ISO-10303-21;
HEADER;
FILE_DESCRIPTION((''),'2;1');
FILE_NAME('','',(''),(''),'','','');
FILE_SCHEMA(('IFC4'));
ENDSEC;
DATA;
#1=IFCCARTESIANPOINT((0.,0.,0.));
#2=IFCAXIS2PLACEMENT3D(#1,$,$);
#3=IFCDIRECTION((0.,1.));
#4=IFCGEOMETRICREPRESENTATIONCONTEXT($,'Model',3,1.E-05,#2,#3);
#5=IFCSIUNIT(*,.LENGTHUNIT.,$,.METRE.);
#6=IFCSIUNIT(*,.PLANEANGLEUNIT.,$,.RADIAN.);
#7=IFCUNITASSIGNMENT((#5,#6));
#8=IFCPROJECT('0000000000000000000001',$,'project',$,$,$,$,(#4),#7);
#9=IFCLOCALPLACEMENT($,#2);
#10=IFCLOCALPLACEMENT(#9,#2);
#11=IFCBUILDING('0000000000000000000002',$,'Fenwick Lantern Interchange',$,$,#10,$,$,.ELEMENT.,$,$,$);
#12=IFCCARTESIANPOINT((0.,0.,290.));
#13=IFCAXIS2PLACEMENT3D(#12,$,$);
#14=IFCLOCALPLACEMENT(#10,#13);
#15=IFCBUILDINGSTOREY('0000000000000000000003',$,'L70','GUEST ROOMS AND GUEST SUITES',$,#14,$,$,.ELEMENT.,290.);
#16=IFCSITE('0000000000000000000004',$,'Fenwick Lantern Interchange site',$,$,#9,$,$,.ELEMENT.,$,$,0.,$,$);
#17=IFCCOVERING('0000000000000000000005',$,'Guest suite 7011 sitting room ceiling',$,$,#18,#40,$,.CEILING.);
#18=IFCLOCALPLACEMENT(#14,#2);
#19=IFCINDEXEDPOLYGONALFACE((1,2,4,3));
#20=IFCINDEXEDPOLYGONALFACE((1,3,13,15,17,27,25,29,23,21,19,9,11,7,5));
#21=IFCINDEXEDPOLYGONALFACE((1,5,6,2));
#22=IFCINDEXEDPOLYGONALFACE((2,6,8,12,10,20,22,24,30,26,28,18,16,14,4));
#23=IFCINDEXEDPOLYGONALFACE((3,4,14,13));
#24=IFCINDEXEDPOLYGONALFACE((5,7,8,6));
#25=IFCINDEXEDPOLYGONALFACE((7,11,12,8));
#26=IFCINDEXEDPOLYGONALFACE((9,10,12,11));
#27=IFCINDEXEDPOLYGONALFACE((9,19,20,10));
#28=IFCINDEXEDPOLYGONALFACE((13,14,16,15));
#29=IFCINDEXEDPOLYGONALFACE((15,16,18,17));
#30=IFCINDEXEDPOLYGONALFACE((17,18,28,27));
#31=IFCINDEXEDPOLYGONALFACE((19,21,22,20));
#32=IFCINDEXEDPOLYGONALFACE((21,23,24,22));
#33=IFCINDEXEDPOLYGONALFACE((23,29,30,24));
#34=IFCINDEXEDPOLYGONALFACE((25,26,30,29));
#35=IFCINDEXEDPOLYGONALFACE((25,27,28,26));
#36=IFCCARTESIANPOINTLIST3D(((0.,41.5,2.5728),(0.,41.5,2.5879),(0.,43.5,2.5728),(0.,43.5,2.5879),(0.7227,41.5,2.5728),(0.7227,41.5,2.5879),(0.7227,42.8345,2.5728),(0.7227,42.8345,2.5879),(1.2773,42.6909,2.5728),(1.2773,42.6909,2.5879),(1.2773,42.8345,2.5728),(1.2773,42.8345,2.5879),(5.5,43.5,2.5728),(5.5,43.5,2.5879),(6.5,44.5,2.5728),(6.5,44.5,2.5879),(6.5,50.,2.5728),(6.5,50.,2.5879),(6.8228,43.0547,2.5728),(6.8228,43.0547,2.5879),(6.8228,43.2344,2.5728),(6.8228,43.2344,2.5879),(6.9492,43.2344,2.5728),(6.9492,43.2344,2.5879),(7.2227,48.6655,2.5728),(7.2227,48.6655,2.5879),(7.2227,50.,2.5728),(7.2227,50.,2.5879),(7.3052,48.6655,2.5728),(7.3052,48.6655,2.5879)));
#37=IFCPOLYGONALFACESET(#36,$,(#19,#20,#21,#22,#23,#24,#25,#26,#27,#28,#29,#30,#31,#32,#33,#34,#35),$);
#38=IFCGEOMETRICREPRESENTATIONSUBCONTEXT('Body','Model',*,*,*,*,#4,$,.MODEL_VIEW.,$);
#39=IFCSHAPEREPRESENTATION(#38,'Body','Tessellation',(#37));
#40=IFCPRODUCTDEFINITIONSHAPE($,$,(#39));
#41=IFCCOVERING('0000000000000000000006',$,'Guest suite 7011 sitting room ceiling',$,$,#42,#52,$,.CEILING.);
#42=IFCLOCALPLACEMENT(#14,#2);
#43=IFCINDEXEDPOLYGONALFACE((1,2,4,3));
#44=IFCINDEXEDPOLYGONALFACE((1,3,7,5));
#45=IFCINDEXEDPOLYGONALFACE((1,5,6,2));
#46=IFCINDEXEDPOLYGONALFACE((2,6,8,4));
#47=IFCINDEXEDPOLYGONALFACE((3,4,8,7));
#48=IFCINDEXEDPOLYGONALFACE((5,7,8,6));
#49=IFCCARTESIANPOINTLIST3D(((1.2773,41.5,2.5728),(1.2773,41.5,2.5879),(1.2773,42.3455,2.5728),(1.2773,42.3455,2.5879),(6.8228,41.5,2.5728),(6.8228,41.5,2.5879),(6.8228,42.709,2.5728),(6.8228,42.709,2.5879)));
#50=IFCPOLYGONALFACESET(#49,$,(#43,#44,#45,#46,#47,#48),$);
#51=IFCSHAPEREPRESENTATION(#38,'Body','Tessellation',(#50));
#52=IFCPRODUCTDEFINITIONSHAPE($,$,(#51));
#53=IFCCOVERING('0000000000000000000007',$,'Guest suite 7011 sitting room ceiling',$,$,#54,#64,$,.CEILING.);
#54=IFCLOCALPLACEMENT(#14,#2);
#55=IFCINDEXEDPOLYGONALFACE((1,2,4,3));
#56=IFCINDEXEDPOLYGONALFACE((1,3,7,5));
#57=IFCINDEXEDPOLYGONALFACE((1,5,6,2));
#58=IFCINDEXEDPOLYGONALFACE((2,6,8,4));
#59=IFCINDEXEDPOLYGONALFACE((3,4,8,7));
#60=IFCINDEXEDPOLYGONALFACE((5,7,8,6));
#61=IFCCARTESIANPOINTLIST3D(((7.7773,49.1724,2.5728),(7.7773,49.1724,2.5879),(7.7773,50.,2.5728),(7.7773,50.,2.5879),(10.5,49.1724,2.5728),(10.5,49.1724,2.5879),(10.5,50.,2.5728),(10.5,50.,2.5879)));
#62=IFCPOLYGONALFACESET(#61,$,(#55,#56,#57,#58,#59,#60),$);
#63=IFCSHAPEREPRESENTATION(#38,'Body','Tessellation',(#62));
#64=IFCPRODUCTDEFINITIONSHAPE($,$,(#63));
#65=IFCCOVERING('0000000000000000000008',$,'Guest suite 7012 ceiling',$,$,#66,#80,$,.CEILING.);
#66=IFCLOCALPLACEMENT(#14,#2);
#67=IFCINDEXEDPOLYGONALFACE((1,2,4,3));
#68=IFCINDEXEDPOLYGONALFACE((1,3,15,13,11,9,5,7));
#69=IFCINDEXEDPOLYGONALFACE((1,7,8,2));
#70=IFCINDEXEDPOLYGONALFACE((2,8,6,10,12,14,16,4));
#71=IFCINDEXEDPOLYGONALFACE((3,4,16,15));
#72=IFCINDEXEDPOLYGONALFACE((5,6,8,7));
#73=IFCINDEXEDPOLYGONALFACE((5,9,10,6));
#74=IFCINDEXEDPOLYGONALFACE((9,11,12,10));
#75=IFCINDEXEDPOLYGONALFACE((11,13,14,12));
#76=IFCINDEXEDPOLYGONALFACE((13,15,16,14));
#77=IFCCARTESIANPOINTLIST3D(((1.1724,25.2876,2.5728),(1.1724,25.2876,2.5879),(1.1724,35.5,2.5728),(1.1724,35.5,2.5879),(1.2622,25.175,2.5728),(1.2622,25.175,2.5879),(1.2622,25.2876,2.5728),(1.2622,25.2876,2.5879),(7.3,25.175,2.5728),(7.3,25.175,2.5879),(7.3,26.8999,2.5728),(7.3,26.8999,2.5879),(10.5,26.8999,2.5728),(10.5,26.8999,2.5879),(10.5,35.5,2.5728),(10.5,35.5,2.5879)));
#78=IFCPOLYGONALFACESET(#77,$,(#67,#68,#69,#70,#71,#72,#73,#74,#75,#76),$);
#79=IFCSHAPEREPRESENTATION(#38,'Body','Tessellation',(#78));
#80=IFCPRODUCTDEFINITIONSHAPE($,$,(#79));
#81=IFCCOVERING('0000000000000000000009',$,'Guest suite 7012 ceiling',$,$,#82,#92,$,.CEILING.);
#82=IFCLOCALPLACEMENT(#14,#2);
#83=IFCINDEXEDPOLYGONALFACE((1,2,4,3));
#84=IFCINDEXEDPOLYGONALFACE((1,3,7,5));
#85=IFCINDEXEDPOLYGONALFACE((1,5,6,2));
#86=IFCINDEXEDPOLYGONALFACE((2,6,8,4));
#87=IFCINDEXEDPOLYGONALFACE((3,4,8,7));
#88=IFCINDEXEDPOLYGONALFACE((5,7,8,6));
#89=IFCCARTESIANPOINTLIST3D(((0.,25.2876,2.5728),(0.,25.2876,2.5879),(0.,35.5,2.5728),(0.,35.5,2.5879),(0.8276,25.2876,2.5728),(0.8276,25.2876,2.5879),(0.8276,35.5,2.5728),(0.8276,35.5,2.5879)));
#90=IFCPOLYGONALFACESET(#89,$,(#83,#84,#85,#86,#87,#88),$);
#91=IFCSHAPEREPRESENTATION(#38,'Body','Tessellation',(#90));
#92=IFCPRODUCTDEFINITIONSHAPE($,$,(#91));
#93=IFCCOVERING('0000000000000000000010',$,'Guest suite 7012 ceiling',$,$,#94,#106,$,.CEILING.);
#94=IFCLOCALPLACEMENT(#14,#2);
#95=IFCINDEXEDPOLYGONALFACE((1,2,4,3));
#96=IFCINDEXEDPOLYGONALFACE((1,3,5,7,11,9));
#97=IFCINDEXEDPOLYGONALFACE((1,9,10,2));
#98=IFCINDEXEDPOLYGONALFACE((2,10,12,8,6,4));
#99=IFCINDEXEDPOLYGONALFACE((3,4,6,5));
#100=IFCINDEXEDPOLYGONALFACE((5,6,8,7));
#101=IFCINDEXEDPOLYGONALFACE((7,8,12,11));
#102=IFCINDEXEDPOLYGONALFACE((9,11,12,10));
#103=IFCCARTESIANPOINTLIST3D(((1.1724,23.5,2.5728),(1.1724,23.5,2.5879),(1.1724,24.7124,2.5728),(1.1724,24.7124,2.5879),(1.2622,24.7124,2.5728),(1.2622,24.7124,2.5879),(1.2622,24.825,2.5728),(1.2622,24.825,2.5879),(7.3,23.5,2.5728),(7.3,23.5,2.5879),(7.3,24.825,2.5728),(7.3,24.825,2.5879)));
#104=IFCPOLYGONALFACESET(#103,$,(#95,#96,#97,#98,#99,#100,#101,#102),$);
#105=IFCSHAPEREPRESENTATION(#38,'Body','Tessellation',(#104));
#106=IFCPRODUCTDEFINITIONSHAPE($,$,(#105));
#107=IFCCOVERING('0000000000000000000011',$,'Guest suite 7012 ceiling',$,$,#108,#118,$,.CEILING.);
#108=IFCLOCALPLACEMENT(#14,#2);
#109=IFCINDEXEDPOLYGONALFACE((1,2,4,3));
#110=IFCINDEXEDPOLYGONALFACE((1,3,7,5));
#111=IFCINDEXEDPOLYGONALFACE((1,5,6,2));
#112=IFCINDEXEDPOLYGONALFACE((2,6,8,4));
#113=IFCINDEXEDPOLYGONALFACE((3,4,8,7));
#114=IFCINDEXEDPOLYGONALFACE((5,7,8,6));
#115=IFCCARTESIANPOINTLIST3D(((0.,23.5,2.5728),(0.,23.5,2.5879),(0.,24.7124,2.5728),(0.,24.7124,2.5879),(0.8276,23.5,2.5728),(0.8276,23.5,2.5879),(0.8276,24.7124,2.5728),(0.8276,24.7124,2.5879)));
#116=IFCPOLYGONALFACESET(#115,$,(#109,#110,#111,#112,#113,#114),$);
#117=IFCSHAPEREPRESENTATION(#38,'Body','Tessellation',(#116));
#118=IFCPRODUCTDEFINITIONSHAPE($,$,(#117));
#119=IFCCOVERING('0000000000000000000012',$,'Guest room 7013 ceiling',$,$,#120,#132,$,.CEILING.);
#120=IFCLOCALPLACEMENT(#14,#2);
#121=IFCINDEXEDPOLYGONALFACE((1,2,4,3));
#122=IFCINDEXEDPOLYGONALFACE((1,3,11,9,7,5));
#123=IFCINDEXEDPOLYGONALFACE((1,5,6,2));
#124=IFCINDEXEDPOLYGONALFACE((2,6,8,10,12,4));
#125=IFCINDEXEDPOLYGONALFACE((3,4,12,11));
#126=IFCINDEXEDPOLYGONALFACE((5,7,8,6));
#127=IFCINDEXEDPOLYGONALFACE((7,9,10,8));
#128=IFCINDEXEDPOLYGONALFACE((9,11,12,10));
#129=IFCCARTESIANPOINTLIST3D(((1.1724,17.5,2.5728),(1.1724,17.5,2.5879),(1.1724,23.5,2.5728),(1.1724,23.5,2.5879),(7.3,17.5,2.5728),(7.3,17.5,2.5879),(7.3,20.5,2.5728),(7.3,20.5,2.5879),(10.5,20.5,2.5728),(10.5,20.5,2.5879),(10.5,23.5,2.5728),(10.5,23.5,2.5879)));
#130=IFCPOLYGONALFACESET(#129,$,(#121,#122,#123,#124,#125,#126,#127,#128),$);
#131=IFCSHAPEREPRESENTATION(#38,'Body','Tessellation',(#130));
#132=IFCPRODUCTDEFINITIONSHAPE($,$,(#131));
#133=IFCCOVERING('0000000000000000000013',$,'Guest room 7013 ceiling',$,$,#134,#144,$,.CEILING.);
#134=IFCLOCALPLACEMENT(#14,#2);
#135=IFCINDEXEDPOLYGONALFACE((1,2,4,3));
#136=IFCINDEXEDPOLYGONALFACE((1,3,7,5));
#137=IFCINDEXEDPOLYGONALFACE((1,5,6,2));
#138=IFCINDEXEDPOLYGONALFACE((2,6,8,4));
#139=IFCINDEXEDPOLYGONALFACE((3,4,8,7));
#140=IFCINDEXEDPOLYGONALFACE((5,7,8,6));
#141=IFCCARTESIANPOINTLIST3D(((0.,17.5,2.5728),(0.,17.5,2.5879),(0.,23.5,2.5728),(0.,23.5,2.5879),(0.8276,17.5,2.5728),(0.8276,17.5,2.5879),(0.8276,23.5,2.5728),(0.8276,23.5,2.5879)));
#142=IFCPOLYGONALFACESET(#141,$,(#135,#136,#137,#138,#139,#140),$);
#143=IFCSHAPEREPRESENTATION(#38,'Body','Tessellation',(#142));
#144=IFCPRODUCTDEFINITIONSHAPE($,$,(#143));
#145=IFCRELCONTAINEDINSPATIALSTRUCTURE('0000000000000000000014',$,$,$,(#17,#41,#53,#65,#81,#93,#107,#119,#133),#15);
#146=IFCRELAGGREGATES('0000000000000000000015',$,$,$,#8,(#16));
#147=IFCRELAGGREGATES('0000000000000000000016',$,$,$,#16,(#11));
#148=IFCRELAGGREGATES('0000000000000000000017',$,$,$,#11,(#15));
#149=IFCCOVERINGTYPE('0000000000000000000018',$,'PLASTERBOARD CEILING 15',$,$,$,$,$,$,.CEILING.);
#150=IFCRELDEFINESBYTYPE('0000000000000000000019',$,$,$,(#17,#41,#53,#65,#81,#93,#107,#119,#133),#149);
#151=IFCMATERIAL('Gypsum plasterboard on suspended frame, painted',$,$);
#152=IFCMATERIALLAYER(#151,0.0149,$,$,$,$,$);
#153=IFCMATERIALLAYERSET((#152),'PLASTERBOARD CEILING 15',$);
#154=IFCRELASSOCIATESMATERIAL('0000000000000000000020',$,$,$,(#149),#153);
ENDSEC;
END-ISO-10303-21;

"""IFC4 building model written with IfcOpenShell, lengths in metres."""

from ifc_helpers import new_model, si_unit, direction, frame, origin, place, context, subcontext, project, spatial, polyline, outline, extrude, material, layer, layer_set, type_object, element, save


model = new_model("IFC4")

# Units and contexts
model_context = context("Model", 3, precision=1e-05, world=origin(), true_north=direction((0.0, 1.0)))
body_context = subcontext(model_context, "Body", "Model", "MODEL_VIEW")
ifc_project = project(units=[si_unit("LENGTHUNIT", "METRE"), si_unit("PLANEANGLEUNIT", "RADIAN")], contexts=[model_context])

# Site, building, storey
site_placement = place(None, origin())
site = spatial("IfcSite", under=ifc_project, at=site_placement, Name="Fenwick Lantern Interchange site", CompositionType="ELEMENT", RefElevation=0.0)
building_placement = place(site_placement, origin())
building = spatial("IfcBuilding", under=site, at=building_placement, Name="Fenwick Lantern Interchange", CompositionType="ELEMENT")
storey_placement = place(building_placement, frame((0.0, 0.0, 290.0)))
storey = spatial("IfcBuildingStorey", under=building, at=storey_placement, Name="L70", Description="GUEST ROOMS AND GUEST SUITES", CompositionType="ELEMENT", Elevation=290.0)

# Coverings
ifc_material_1 = material(Name="Gypsum plasterboard on suspended frame, painted")
ifc_layer_1 = layer(ifc_material_1, 0.0149)
ifc_layer_set_1 = layer_set([ifc_layer_1], Name="PLASTERBOARD CEILING 15")
covering_type_1 = type_object("IfcCoveringType", Name="PLASTERBOARD CEILING 15", PredefinedType="CEILING", material=ifc_layer_set_1)
covering_1_placement = place(storey_placement, frame((0.0, 0.0, 2.5728)))
element("IfcCovering", 1, at=covering_1_placement, inside=storey, type_object=covering_type_1, Name="Guest suite 7011 sitting room ceiling", PredefinedType="CEILING", context=body_context, shape_type="SweptSolid", body=[
    extrude(outline(polyline([(7.2227, 48.6655), (7.2227, 50.0), (6.5, 50.0), (6.5, 44.5), (5.5, 43.5), (0.0, 43.5), (0.0, 41.5), (0.7227, 41.5), (0.7227, 42.8345), (1.2773, 42.8345), (1.2773, 42.6909), (6.8228, 43.0547), (6.8228, 43.2344), (6.9492, 43.2344), (7.3052, 48.6655), (7.2227, 48.6655)])), origin(), (0.0, 0.0, 1.0), 0.0151),
])
covering_2_placement = place(storey_placement, frame((0.0, 0.0, 2.5728)))
element("IfcCovering", 2, at=covering_2_placement, inside=storey, type_object=covering_type_1, Name="Guest suite 7011 sitting room ceiling", PredefinedType="CEILING", context=body_context, shape_type="SweptSolid", body=[
    extrude(outline(polyline([(6.8228, 41.5), (6.8228, 42.709), (1.2773, 42.3455), (1.2773, 41.5), (6.8228, 41.5)])), origin(), (0.0, 0.0, 1.0), 0.0151),
])
covering_3_placement = place(storey_placement, frame((0.0, 0.0, 2.5728)))
element("IfcCovering", 3, at=covering_3_placement, inside=storey, type_object=covering_type_1, Name="Guest suite 7011 sitting room ceiling", PredefinedType="CEILING", context=body_context, shape_type="SweptSolid", body=[
    extrude(outline(polyline([(7.7773, 50.0), (7.7773, 49.1724), (10.5, 49.1724), (10.5, 50.0), (7.7773, 50.0)])), origin(), (0.0, 0.0, 1.0), 0.0151),
])
covering_4_placement = place(storey_placement, frame((0.0, 0.0, 2.5728)))
element("IfcCovering", 4, at=covering_4_placement, inside=storey, type_object=covering_type_1, Name="Guest suite 7012 ceiling", PredefinedType="CEILING", context=body_context, shape_type="SweptSolid", body=[
    extrude(outline(polyline([(1.2622, 25.2876), (1.2622, 25.175), (7.3, 25.175), (7.3, 26.8999), (10.5, 26.8999), (10.5, 35.5), (1.1724, 35.5), (1.1724, 25.2876), (1.2622, 25.2876)])), origin(), (0.0, 0.0, 1.0), 0.0151),
])
covering_5_placement = place(storey_placement, frame((0.0, 0.0, 2.5728)))
element("IfcCovering", 5, at=covering_5_placement, inside=storey, type_object=covering_type_1, Name="Guest suite 7012 ceiling", PredefinedType="CEILING", context=body_context, shape_type="SweptSolid", body=[
    extrude(outline(polyline([(0.0, 25.2876), (0.8276, 25.2876), (0.8276, 35.5), (0.0, 35.5), (0.0, 25.2876)])), origin(), (0.0, 0.0, 1.0), 0.0151),
])
covering_6_placement = place(storey_placement, frame((0.0, 0.0, 2.5728)))
element("IfcCovering", 6, at=covering_6_placement, inside=storey, type_object=covering_type_1, Name="Guest suite 7012 ceiling", PredefinedType="CEILING", context=body_context, shape_type="SweptSolid", body=[
    extrude(outline(polyline([(1.2622, 24.7124), (1.1724, 24.7124), (1.1724, 23.5), (7.3, 23.5), (7.3, 24.825), (1.2622, 24.825), (1.2622, 24.7124)])), origin(), (0.0, 0.0, 1.0), 0.0151),
])
covering_7_placement = place(storey_placement, frame((0.0, 0.0, 2.5728)))
element("IfcCovering", 7, at=covering_7_placement, inside=storey, type_object=covering_type_1, Name="Guest suite 7012 ceiling", PredefinedType="CEILING", context=body_context, shape_type="SweptSolid", body=[
    extrude(outline(polyline([(0.8276, 24.7124), (0.0, 24.7124), (0.0, 23.5), (0.8276, 23.5), (0.8276, 24.7124)])), origin(), (0.0, 0.0, 1.0), 0.0151),
])
covering_8_placement = place(storey_placement, frame((0.0, 0.0, 2.5728)))
element("IfcCovering", 8, at=covering_8_placement, inside=storey, type_object=covering_type_1, Name="Guest room 7013 ceiling", PredefinedType="CEILING", context=body_context, shape_type="SweptSolid", body=[
    extrude(outline(polyline([(10.5, 23.5), (1.1724, 23.5), (1.1724, 17.5), (7.3, 17.5), (7.3, 20.5), (10.5, 20.5), (10.5, 23.5)])), origin(), (0.0, 0.0, 1.0), 0.0151),
])
covering_9_placement = place(storey_placement, frame((0.0, 0.0, 2.5728)))
element("IfcCovering", 9, at=covering_9_placement, inside=storey, type_object=covering_type_1, Name="Guest room 7013 ceiling", PredefinedType="CEILING", context=body_context, shape_type="SweptSolid", body=[
    extrude(outline(polyline([(0.0, 23.5), (0.0, 17.5), (0.8276, 17.5), (0.8276, 23.5), (0.0, 23.5)])), origin(), (0.0, 0.0, 1.0), 0.0151),
])

save(model, "model.ifc")
